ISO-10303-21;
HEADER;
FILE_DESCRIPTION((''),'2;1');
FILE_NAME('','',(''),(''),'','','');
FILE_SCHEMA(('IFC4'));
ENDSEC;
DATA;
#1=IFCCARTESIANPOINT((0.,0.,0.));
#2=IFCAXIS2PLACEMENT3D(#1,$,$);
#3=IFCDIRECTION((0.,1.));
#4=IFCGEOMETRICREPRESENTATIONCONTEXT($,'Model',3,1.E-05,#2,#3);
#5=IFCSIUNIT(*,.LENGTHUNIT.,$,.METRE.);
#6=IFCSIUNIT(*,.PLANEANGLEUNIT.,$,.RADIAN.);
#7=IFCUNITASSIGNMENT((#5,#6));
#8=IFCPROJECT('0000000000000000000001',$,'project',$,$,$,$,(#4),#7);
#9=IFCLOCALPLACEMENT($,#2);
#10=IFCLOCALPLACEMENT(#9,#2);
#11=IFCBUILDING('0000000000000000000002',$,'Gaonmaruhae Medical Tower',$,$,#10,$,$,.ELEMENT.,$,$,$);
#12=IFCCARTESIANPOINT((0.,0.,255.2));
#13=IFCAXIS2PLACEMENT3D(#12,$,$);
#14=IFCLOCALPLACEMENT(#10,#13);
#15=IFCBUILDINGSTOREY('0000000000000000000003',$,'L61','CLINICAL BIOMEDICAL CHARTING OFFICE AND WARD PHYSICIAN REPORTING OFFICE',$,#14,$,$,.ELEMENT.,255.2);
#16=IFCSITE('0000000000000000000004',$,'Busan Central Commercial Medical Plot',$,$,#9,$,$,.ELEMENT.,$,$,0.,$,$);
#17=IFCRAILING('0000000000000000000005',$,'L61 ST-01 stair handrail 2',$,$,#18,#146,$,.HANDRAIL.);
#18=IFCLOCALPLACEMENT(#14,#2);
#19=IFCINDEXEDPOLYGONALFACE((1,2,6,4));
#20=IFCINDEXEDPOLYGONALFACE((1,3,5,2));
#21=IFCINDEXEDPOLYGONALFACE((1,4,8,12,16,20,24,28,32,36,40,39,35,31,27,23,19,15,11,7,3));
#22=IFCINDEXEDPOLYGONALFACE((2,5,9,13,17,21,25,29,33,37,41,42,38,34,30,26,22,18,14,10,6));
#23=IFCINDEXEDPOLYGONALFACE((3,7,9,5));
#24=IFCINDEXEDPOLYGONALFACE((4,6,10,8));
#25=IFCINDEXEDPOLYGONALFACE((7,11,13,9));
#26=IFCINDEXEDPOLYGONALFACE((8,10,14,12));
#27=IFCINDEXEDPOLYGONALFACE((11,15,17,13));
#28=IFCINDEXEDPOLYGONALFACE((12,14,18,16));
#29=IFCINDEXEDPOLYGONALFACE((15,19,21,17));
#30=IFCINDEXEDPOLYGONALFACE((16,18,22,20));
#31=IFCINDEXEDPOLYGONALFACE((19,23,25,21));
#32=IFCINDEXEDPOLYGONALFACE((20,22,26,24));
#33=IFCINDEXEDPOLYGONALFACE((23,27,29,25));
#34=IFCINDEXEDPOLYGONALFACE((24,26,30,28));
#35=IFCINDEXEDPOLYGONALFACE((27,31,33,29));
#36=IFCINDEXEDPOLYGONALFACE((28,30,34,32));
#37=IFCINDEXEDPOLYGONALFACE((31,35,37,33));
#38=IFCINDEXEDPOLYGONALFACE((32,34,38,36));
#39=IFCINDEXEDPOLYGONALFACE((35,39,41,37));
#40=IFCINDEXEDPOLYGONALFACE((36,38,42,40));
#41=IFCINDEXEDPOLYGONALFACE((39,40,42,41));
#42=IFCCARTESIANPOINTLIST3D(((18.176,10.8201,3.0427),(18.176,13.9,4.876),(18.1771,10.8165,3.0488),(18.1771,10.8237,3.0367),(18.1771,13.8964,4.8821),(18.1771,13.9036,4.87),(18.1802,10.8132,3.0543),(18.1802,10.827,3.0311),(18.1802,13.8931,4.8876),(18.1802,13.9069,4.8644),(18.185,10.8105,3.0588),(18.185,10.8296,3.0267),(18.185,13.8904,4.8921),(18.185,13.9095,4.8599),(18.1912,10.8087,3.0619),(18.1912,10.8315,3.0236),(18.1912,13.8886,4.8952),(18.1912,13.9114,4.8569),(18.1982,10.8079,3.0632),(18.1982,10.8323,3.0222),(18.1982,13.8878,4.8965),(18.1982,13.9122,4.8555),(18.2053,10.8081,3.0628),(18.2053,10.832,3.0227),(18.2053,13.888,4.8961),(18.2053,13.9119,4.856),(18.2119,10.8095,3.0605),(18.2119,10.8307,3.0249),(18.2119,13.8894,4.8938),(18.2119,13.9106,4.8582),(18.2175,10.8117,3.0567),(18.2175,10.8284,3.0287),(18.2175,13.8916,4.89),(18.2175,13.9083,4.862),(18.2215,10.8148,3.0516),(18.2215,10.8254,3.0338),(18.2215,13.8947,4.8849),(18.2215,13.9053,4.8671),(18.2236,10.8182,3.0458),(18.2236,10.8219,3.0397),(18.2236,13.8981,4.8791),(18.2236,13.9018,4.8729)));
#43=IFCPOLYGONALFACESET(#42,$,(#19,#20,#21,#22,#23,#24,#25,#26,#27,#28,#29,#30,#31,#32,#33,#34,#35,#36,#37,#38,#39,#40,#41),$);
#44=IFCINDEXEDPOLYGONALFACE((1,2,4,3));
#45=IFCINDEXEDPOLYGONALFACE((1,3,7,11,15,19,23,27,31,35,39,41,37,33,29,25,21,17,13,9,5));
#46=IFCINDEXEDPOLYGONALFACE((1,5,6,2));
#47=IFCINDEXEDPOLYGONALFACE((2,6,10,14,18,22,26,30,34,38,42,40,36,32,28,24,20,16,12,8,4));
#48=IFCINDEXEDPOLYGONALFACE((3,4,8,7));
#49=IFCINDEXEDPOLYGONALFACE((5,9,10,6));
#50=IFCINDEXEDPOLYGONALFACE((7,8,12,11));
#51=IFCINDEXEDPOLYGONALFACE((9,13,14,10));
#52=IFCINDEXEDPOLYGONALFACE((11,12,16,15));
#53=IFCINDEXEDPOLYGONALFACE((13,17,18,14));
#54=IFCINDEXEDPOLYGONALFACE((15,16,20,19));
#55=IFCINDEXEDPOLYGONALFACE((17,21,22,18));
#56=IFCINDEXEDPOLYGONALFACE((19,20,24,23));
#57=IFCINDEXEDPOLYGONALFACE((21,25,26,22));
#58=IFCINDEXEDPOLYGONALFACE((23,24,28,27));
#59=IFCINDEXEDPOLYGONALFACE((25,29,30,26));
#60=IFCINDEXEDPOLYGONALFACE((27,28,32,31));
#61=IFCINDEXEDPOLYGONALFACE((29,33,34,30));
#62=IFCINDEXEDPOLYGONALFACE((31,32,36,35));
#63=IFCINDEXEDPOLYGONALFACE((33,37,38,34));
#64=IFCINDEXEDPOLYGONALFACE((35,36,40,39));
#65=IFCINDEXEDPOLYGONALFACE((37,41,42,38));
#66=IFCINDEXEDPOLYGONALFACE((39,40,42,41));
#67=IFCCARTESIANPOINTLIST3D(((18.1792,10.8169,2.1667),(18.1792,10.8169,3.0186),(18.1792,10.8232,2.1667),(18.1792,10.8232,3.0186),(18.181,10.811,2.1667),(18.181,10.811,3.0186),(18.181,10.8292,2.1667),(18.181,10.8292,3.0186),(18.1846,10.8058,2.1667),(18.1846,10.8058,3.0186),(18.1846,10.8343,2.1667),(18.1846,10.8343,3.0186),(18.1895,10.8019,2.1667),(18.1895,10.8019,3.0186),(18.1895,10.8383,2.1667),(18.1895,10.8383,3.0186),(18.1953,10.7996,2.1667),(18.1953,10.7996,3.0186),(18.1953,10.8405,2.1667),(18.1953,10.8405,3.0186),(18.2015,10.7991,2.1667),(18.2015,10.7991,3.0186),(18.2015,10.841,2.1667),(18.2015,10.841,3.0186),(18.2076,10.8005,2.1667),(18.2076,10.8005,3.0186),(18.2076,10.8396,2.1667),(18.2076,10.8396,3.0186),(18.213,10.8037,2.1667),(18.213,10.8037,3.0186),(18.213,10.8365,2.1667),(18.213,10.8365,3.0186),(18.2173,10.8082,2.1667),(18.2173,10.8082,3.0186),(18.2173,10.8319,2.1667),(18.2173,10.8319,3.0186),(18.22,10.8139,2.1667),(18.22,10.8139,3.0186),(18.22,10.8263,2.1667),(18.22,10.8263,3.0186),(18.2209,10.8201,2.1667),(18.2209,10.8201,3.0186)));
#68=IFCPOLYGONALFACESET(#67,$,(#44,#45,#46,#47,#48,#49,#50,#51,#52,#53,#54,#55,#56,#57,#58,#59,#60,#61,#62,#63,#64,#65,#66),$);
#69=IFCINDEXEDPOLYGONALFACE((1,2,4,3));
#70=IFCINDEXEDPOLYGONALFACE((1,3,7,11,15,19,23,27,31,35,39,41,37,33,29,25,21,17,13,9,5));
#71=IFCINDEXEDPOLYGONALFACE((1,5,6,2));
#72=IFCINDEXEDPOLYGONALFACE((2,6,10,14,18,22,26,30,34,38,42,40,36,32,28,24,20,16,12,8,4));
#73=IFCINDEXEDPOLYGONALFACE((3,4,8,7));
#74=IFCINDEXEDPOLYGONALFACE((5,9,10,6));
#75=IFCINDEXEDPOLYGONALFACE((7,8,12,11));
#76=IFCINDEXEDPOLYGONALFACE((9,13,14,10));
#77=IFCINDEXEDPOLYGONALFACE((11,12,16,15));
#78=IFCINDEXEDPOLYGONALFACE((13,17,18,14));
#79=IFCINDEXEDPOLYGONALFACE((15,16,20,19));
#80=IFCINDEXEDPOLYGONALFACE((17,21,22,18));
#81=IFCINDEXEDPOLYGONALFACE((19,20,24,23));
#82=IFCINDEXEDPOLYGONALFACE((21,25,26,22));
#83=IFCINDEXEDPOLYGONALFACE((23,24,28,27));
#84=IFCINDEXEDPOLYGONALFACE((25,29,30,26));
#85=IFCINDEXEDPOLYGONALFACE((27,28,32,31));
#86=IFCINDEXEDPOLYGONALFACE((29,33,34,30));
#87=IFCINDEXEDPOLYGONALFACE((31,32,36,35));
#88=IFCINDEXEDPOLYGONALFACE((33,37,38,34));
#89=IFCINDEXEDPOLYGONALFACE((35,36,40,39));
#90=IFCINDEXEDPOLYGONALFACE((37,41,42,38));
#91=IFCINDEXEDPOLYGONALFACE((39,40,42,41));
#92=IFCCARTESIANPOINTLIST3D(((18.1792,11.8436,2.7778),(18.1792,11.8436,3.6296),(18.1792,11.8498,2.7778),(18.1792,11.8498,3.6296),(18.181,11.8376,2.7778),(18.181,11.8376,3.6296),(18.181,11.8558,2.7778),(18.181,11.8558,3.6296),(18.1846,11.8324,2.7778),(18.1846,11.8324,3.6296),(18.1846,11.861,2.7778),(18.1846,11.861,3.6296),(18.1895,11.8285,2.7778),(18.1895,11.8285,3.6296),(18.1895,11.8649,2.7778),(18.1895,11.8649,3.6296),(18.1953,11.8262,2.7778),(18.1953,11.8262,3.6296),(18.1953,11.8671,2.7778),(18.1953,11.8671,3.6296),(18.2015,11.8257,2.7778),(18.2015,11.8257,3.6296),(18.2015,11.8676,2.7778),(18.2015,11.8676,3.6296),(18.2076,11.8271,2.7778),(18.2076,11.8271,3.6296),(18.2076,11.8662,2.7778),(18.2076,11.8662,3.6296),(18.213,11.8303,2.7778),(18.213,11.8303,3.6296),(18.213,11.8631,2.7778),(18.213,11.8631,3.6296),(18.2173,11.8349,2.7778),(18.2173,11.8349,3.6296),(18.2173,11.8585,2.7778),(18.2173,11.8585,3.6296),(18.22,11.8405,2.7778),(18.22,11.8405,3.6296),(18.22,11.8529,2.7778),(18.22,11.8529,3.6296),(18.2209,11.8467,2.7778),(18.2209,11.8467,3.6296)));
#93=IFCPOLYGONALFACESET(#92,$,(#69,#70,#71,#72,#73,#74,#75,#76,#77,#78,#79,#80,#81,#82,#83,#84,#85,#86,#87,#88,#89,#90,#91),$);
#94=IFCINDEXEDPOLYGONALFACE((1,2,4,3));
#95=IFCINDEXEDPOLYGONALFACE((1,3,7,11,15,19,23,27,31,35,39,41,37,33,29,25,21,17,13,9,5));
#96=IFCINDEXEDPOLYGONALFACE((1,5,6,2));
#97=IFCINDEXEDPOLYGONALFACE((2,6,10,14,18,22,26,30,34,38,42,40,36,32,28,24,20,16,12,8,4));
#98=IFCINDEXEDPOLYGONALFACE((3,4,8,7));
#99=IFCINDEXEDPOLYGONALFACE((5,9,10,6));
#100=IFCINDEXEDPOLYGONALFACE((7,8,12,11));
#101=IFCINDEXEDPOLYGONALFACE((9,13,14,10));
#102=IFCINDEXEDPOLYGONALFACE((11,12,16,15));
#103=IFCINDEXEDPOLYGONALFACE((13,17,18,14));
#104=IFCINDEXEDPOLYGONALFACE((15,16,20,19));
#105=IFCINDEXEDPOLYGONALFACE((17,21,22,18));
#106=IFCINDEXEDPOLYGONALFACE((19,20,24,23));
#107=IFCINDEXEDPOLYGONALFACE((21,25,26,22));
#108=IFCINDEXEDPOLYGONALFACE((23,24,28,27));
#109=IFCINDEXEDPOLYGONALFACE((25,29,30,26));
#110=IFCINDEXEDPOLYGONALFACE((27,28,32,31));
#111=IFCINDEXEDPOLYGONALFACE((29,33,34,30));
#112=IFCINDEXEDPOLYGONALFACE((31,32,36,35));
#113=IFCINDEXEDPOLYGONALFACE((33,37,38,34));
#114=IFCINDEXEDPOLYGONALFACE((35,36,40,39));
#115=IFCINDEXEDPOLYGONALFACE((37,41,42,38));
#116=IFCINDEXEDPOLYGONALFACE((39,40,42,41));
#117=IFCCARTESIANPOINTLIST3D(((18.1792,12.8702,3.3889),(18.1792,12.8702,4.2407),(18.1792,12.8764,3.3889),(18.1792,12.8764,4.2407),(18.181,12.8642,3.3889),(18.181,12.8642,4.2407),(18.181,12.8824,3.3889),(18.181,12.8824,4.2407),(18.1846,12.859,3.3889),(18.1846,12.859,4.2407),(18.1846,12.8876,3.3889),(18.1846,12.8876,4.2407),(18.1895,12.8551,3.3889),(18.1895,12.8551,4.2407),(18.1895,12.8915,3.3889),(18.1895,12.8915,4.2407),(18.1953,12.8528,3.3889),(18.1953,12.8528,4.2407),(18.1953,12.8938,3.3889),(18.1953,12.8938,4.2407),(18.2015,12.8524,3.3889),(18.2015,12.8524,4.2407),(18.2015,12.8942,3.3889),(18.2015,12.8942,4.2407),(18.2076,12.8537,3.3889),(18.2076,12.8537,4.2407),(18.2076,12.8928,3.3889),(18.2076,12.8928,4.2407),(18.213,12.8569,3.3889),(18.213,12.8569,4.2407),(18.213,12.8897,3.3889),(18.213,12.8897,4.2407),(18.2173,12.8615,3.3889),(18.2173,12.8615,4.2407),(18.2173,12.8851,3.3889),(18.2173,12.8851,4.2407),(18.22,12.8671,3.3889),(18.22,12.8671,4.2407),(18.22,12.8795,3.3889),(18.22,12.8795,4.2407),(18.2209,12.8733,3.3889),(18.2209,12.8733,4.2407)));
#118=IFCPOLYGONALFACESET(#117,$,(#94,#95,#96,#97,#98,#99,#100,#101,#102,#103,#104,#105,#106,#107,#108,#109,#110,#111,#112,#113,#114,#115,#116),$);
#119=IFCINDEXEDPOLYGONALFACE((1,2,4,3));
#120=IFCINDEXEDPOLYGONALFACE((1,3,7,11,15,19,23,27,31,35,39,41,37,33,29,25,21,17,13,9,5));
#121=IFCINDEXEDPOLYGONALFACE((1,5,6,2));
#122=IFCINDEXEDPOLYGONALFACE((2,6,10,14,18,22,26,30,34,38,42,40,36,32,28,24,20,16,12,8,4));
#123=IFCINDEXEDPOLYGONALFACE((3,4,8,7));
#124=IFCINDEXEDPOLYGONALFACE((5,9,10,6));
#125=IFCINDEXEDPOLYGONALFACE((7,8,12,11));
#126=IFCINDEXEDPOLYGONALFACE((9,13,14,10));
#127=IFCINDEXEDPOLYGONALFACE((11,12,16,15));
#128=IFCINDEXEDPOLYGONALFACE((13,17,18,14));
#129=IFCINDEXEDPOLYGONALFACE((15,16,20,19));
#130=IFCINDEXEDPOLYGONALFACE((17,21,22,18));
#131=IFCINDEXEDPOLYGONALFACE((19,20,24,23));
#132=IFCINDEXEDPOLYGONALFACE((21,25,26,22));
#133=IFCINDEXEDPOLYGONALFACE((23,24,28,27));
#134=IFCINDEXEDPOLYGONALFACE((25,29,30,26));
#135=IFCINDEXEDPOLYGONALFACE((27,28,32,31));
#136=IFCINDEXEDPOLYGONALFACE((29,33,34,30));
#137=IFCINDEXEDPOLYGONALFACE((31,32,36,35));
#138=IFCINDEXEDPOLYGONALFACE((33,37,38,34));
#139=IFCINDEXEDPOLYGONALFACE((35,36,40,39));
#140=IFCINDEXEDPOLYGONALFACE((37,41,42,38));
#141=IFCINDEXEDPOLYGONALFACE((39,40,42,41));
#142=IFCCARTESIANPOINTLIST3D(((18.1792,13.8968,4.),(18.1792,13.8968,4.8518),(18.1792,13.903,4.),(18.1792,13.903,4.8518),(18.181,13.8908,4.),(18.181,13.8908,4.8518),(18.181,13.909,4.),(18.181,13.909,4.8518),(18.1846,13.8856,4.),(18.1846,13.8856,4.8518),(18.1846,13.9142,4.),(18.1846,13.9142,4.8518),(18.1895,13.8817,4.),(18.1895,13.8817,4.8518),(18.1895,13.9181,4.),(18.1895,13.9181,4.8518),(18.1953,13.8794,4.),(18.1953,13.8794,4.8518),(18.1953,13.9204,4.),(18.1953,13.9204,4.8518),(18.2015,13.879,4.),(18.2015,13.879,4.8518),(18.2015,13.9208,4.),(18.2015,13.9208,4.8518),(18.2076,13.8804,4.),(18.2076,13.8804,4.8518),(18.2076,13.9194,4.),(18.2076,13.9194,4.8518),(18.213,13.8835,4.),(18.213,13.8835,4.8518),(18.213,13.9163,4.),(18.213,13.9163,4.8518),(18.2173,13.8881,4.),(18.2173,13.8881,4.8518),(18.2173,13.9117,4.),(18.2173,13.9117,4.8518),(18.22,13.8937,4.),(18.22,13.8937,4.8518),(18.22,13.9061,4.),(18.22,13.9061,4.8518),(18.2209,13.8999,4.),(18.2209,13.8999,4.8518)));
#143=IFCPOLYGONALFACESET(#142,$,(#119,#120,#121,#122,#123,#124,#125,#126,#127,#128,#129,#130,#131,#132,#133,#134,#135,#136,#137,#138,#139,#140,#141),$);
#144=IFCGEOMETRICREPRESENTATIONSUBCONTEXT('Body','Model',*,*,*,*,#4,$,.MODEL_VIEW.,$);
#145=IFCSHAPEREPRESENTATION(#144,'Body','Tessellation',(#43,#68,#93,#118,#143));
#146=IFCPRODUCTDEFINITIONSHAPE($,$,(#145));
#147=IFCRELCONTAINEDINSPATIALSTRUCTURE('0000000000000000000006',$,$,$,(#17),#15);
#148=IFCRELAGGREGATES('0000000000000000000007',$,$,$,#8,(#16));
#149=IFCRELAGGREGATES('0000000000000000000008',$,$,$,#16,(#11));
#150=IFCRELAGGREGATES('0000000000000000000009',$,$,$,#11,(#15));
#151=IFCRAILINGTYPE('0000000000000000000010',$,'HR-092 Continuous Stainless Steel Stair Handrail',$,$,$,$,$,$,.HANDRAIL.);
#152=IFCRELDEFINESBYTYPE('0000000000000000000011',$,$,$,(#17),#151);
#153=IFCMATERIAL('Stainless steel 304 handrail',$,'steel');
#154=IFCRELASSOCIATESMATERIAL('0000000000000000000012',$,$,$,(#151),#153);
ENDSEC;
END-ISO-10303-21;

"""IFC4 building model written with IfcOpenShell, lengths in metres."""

from ifc_helpers import new_model, si_unit, direction, frame, origin, origin_2d, place, context, subcontext, project, spatial, circle, extrude, material, type_object, element, save


model = new_model("IFC4")

# Units and contexts
model_context = context("Model", 3, precision=1e-05, world=origin(), true_north=direction((0.0, 1.0)))
body_context = subcontext(model_context, "Body", "Model", "MODEL_VIEW")
ifc_project = project(units=[si_unit("LENGTHUNIT", "METRE"), si_unit("PLANEANGLEUNIT", "RADIAN")], contexts=[model_context])

# Site, building, storey
site_placement = place(None, origin())
site = spatial("IfcSite", under=ifc_project, at=site_placement, Name="Busan Central Commercial Medical Plot", CompositionType="ELEMENT", RefElevation=0.0)
building_placement = place(site_placement, origin())
building = spatial("IfcBuilding", under=site, at=building_placement, Name="Gaonmaruhae Medical Tower", CompositionType="ELEMENT")
storey_placement = place(building_placement, frame((0.0, 0.0, 255.2)))
storey = spatial("IfcBuildingStorey", under=building, at=storey_placement, Name="L61", Description="CLINICAL BIOMEDICAL CHARTING OFFICE AND WARD PHYSICIAN REPORTING OFFICE", CompositionType="ELEMENT", Elevation=255.2)

# Railing
ifc_material_1 = material(Name="Stainless steel 304 handrail", Category="steel")
railing_type_1 = type_object("IfcRailingType", Name="HR-092 Continuous Stainless Steel Stair Handrail", PredefinedType="HANDRAIL", material=ifc_material_1)
railing_1_placement = place(storey_placement, frame((18.2, 10.8201, 2.1667)))
element("IfcRailing", 1, at=railing_1_placement, inside=storey, type_object=railing_type_1, Name="L61 ST-01 stair handrail 2", PredefinedType="HANDRAIL", context=body_context, shape_type="SweptSolid", body=[
    extrude(circle(Radius=0.0239, at=origin_2d()), frame((0.0, 0.0, 0.876), z_axis=(0.0, 0.859291, 0.511487), x_axis=(-1.0, 0.0, 0.0)), (0.0, 0.0, 1.0), 3.5842),
    extrude(circle(Radius=0.021, at=origin_2d()), origin(), (0.0, 0.0, 1.0), 0.8518),
    extrude(circle(Radius=0.021, at=origin_2d()), frame((0.0, 1.0266, 0.6111)), (0.0, 0.0, 1.0), 0.8518),
    extrude(circle(Radius=0.021, at=origin_2d()), frame((0.0, 2.0532, 1.2222)), (0.0, 0.0, 1.0), 0.8518),
    extrude(circle(Radius=0.021, at=origin_2d()), frame((0.0, 3.0798, 1.8333)), (0.0, 0.0, 1.0), 0.8518),
])

save(model, "model.ifc")
